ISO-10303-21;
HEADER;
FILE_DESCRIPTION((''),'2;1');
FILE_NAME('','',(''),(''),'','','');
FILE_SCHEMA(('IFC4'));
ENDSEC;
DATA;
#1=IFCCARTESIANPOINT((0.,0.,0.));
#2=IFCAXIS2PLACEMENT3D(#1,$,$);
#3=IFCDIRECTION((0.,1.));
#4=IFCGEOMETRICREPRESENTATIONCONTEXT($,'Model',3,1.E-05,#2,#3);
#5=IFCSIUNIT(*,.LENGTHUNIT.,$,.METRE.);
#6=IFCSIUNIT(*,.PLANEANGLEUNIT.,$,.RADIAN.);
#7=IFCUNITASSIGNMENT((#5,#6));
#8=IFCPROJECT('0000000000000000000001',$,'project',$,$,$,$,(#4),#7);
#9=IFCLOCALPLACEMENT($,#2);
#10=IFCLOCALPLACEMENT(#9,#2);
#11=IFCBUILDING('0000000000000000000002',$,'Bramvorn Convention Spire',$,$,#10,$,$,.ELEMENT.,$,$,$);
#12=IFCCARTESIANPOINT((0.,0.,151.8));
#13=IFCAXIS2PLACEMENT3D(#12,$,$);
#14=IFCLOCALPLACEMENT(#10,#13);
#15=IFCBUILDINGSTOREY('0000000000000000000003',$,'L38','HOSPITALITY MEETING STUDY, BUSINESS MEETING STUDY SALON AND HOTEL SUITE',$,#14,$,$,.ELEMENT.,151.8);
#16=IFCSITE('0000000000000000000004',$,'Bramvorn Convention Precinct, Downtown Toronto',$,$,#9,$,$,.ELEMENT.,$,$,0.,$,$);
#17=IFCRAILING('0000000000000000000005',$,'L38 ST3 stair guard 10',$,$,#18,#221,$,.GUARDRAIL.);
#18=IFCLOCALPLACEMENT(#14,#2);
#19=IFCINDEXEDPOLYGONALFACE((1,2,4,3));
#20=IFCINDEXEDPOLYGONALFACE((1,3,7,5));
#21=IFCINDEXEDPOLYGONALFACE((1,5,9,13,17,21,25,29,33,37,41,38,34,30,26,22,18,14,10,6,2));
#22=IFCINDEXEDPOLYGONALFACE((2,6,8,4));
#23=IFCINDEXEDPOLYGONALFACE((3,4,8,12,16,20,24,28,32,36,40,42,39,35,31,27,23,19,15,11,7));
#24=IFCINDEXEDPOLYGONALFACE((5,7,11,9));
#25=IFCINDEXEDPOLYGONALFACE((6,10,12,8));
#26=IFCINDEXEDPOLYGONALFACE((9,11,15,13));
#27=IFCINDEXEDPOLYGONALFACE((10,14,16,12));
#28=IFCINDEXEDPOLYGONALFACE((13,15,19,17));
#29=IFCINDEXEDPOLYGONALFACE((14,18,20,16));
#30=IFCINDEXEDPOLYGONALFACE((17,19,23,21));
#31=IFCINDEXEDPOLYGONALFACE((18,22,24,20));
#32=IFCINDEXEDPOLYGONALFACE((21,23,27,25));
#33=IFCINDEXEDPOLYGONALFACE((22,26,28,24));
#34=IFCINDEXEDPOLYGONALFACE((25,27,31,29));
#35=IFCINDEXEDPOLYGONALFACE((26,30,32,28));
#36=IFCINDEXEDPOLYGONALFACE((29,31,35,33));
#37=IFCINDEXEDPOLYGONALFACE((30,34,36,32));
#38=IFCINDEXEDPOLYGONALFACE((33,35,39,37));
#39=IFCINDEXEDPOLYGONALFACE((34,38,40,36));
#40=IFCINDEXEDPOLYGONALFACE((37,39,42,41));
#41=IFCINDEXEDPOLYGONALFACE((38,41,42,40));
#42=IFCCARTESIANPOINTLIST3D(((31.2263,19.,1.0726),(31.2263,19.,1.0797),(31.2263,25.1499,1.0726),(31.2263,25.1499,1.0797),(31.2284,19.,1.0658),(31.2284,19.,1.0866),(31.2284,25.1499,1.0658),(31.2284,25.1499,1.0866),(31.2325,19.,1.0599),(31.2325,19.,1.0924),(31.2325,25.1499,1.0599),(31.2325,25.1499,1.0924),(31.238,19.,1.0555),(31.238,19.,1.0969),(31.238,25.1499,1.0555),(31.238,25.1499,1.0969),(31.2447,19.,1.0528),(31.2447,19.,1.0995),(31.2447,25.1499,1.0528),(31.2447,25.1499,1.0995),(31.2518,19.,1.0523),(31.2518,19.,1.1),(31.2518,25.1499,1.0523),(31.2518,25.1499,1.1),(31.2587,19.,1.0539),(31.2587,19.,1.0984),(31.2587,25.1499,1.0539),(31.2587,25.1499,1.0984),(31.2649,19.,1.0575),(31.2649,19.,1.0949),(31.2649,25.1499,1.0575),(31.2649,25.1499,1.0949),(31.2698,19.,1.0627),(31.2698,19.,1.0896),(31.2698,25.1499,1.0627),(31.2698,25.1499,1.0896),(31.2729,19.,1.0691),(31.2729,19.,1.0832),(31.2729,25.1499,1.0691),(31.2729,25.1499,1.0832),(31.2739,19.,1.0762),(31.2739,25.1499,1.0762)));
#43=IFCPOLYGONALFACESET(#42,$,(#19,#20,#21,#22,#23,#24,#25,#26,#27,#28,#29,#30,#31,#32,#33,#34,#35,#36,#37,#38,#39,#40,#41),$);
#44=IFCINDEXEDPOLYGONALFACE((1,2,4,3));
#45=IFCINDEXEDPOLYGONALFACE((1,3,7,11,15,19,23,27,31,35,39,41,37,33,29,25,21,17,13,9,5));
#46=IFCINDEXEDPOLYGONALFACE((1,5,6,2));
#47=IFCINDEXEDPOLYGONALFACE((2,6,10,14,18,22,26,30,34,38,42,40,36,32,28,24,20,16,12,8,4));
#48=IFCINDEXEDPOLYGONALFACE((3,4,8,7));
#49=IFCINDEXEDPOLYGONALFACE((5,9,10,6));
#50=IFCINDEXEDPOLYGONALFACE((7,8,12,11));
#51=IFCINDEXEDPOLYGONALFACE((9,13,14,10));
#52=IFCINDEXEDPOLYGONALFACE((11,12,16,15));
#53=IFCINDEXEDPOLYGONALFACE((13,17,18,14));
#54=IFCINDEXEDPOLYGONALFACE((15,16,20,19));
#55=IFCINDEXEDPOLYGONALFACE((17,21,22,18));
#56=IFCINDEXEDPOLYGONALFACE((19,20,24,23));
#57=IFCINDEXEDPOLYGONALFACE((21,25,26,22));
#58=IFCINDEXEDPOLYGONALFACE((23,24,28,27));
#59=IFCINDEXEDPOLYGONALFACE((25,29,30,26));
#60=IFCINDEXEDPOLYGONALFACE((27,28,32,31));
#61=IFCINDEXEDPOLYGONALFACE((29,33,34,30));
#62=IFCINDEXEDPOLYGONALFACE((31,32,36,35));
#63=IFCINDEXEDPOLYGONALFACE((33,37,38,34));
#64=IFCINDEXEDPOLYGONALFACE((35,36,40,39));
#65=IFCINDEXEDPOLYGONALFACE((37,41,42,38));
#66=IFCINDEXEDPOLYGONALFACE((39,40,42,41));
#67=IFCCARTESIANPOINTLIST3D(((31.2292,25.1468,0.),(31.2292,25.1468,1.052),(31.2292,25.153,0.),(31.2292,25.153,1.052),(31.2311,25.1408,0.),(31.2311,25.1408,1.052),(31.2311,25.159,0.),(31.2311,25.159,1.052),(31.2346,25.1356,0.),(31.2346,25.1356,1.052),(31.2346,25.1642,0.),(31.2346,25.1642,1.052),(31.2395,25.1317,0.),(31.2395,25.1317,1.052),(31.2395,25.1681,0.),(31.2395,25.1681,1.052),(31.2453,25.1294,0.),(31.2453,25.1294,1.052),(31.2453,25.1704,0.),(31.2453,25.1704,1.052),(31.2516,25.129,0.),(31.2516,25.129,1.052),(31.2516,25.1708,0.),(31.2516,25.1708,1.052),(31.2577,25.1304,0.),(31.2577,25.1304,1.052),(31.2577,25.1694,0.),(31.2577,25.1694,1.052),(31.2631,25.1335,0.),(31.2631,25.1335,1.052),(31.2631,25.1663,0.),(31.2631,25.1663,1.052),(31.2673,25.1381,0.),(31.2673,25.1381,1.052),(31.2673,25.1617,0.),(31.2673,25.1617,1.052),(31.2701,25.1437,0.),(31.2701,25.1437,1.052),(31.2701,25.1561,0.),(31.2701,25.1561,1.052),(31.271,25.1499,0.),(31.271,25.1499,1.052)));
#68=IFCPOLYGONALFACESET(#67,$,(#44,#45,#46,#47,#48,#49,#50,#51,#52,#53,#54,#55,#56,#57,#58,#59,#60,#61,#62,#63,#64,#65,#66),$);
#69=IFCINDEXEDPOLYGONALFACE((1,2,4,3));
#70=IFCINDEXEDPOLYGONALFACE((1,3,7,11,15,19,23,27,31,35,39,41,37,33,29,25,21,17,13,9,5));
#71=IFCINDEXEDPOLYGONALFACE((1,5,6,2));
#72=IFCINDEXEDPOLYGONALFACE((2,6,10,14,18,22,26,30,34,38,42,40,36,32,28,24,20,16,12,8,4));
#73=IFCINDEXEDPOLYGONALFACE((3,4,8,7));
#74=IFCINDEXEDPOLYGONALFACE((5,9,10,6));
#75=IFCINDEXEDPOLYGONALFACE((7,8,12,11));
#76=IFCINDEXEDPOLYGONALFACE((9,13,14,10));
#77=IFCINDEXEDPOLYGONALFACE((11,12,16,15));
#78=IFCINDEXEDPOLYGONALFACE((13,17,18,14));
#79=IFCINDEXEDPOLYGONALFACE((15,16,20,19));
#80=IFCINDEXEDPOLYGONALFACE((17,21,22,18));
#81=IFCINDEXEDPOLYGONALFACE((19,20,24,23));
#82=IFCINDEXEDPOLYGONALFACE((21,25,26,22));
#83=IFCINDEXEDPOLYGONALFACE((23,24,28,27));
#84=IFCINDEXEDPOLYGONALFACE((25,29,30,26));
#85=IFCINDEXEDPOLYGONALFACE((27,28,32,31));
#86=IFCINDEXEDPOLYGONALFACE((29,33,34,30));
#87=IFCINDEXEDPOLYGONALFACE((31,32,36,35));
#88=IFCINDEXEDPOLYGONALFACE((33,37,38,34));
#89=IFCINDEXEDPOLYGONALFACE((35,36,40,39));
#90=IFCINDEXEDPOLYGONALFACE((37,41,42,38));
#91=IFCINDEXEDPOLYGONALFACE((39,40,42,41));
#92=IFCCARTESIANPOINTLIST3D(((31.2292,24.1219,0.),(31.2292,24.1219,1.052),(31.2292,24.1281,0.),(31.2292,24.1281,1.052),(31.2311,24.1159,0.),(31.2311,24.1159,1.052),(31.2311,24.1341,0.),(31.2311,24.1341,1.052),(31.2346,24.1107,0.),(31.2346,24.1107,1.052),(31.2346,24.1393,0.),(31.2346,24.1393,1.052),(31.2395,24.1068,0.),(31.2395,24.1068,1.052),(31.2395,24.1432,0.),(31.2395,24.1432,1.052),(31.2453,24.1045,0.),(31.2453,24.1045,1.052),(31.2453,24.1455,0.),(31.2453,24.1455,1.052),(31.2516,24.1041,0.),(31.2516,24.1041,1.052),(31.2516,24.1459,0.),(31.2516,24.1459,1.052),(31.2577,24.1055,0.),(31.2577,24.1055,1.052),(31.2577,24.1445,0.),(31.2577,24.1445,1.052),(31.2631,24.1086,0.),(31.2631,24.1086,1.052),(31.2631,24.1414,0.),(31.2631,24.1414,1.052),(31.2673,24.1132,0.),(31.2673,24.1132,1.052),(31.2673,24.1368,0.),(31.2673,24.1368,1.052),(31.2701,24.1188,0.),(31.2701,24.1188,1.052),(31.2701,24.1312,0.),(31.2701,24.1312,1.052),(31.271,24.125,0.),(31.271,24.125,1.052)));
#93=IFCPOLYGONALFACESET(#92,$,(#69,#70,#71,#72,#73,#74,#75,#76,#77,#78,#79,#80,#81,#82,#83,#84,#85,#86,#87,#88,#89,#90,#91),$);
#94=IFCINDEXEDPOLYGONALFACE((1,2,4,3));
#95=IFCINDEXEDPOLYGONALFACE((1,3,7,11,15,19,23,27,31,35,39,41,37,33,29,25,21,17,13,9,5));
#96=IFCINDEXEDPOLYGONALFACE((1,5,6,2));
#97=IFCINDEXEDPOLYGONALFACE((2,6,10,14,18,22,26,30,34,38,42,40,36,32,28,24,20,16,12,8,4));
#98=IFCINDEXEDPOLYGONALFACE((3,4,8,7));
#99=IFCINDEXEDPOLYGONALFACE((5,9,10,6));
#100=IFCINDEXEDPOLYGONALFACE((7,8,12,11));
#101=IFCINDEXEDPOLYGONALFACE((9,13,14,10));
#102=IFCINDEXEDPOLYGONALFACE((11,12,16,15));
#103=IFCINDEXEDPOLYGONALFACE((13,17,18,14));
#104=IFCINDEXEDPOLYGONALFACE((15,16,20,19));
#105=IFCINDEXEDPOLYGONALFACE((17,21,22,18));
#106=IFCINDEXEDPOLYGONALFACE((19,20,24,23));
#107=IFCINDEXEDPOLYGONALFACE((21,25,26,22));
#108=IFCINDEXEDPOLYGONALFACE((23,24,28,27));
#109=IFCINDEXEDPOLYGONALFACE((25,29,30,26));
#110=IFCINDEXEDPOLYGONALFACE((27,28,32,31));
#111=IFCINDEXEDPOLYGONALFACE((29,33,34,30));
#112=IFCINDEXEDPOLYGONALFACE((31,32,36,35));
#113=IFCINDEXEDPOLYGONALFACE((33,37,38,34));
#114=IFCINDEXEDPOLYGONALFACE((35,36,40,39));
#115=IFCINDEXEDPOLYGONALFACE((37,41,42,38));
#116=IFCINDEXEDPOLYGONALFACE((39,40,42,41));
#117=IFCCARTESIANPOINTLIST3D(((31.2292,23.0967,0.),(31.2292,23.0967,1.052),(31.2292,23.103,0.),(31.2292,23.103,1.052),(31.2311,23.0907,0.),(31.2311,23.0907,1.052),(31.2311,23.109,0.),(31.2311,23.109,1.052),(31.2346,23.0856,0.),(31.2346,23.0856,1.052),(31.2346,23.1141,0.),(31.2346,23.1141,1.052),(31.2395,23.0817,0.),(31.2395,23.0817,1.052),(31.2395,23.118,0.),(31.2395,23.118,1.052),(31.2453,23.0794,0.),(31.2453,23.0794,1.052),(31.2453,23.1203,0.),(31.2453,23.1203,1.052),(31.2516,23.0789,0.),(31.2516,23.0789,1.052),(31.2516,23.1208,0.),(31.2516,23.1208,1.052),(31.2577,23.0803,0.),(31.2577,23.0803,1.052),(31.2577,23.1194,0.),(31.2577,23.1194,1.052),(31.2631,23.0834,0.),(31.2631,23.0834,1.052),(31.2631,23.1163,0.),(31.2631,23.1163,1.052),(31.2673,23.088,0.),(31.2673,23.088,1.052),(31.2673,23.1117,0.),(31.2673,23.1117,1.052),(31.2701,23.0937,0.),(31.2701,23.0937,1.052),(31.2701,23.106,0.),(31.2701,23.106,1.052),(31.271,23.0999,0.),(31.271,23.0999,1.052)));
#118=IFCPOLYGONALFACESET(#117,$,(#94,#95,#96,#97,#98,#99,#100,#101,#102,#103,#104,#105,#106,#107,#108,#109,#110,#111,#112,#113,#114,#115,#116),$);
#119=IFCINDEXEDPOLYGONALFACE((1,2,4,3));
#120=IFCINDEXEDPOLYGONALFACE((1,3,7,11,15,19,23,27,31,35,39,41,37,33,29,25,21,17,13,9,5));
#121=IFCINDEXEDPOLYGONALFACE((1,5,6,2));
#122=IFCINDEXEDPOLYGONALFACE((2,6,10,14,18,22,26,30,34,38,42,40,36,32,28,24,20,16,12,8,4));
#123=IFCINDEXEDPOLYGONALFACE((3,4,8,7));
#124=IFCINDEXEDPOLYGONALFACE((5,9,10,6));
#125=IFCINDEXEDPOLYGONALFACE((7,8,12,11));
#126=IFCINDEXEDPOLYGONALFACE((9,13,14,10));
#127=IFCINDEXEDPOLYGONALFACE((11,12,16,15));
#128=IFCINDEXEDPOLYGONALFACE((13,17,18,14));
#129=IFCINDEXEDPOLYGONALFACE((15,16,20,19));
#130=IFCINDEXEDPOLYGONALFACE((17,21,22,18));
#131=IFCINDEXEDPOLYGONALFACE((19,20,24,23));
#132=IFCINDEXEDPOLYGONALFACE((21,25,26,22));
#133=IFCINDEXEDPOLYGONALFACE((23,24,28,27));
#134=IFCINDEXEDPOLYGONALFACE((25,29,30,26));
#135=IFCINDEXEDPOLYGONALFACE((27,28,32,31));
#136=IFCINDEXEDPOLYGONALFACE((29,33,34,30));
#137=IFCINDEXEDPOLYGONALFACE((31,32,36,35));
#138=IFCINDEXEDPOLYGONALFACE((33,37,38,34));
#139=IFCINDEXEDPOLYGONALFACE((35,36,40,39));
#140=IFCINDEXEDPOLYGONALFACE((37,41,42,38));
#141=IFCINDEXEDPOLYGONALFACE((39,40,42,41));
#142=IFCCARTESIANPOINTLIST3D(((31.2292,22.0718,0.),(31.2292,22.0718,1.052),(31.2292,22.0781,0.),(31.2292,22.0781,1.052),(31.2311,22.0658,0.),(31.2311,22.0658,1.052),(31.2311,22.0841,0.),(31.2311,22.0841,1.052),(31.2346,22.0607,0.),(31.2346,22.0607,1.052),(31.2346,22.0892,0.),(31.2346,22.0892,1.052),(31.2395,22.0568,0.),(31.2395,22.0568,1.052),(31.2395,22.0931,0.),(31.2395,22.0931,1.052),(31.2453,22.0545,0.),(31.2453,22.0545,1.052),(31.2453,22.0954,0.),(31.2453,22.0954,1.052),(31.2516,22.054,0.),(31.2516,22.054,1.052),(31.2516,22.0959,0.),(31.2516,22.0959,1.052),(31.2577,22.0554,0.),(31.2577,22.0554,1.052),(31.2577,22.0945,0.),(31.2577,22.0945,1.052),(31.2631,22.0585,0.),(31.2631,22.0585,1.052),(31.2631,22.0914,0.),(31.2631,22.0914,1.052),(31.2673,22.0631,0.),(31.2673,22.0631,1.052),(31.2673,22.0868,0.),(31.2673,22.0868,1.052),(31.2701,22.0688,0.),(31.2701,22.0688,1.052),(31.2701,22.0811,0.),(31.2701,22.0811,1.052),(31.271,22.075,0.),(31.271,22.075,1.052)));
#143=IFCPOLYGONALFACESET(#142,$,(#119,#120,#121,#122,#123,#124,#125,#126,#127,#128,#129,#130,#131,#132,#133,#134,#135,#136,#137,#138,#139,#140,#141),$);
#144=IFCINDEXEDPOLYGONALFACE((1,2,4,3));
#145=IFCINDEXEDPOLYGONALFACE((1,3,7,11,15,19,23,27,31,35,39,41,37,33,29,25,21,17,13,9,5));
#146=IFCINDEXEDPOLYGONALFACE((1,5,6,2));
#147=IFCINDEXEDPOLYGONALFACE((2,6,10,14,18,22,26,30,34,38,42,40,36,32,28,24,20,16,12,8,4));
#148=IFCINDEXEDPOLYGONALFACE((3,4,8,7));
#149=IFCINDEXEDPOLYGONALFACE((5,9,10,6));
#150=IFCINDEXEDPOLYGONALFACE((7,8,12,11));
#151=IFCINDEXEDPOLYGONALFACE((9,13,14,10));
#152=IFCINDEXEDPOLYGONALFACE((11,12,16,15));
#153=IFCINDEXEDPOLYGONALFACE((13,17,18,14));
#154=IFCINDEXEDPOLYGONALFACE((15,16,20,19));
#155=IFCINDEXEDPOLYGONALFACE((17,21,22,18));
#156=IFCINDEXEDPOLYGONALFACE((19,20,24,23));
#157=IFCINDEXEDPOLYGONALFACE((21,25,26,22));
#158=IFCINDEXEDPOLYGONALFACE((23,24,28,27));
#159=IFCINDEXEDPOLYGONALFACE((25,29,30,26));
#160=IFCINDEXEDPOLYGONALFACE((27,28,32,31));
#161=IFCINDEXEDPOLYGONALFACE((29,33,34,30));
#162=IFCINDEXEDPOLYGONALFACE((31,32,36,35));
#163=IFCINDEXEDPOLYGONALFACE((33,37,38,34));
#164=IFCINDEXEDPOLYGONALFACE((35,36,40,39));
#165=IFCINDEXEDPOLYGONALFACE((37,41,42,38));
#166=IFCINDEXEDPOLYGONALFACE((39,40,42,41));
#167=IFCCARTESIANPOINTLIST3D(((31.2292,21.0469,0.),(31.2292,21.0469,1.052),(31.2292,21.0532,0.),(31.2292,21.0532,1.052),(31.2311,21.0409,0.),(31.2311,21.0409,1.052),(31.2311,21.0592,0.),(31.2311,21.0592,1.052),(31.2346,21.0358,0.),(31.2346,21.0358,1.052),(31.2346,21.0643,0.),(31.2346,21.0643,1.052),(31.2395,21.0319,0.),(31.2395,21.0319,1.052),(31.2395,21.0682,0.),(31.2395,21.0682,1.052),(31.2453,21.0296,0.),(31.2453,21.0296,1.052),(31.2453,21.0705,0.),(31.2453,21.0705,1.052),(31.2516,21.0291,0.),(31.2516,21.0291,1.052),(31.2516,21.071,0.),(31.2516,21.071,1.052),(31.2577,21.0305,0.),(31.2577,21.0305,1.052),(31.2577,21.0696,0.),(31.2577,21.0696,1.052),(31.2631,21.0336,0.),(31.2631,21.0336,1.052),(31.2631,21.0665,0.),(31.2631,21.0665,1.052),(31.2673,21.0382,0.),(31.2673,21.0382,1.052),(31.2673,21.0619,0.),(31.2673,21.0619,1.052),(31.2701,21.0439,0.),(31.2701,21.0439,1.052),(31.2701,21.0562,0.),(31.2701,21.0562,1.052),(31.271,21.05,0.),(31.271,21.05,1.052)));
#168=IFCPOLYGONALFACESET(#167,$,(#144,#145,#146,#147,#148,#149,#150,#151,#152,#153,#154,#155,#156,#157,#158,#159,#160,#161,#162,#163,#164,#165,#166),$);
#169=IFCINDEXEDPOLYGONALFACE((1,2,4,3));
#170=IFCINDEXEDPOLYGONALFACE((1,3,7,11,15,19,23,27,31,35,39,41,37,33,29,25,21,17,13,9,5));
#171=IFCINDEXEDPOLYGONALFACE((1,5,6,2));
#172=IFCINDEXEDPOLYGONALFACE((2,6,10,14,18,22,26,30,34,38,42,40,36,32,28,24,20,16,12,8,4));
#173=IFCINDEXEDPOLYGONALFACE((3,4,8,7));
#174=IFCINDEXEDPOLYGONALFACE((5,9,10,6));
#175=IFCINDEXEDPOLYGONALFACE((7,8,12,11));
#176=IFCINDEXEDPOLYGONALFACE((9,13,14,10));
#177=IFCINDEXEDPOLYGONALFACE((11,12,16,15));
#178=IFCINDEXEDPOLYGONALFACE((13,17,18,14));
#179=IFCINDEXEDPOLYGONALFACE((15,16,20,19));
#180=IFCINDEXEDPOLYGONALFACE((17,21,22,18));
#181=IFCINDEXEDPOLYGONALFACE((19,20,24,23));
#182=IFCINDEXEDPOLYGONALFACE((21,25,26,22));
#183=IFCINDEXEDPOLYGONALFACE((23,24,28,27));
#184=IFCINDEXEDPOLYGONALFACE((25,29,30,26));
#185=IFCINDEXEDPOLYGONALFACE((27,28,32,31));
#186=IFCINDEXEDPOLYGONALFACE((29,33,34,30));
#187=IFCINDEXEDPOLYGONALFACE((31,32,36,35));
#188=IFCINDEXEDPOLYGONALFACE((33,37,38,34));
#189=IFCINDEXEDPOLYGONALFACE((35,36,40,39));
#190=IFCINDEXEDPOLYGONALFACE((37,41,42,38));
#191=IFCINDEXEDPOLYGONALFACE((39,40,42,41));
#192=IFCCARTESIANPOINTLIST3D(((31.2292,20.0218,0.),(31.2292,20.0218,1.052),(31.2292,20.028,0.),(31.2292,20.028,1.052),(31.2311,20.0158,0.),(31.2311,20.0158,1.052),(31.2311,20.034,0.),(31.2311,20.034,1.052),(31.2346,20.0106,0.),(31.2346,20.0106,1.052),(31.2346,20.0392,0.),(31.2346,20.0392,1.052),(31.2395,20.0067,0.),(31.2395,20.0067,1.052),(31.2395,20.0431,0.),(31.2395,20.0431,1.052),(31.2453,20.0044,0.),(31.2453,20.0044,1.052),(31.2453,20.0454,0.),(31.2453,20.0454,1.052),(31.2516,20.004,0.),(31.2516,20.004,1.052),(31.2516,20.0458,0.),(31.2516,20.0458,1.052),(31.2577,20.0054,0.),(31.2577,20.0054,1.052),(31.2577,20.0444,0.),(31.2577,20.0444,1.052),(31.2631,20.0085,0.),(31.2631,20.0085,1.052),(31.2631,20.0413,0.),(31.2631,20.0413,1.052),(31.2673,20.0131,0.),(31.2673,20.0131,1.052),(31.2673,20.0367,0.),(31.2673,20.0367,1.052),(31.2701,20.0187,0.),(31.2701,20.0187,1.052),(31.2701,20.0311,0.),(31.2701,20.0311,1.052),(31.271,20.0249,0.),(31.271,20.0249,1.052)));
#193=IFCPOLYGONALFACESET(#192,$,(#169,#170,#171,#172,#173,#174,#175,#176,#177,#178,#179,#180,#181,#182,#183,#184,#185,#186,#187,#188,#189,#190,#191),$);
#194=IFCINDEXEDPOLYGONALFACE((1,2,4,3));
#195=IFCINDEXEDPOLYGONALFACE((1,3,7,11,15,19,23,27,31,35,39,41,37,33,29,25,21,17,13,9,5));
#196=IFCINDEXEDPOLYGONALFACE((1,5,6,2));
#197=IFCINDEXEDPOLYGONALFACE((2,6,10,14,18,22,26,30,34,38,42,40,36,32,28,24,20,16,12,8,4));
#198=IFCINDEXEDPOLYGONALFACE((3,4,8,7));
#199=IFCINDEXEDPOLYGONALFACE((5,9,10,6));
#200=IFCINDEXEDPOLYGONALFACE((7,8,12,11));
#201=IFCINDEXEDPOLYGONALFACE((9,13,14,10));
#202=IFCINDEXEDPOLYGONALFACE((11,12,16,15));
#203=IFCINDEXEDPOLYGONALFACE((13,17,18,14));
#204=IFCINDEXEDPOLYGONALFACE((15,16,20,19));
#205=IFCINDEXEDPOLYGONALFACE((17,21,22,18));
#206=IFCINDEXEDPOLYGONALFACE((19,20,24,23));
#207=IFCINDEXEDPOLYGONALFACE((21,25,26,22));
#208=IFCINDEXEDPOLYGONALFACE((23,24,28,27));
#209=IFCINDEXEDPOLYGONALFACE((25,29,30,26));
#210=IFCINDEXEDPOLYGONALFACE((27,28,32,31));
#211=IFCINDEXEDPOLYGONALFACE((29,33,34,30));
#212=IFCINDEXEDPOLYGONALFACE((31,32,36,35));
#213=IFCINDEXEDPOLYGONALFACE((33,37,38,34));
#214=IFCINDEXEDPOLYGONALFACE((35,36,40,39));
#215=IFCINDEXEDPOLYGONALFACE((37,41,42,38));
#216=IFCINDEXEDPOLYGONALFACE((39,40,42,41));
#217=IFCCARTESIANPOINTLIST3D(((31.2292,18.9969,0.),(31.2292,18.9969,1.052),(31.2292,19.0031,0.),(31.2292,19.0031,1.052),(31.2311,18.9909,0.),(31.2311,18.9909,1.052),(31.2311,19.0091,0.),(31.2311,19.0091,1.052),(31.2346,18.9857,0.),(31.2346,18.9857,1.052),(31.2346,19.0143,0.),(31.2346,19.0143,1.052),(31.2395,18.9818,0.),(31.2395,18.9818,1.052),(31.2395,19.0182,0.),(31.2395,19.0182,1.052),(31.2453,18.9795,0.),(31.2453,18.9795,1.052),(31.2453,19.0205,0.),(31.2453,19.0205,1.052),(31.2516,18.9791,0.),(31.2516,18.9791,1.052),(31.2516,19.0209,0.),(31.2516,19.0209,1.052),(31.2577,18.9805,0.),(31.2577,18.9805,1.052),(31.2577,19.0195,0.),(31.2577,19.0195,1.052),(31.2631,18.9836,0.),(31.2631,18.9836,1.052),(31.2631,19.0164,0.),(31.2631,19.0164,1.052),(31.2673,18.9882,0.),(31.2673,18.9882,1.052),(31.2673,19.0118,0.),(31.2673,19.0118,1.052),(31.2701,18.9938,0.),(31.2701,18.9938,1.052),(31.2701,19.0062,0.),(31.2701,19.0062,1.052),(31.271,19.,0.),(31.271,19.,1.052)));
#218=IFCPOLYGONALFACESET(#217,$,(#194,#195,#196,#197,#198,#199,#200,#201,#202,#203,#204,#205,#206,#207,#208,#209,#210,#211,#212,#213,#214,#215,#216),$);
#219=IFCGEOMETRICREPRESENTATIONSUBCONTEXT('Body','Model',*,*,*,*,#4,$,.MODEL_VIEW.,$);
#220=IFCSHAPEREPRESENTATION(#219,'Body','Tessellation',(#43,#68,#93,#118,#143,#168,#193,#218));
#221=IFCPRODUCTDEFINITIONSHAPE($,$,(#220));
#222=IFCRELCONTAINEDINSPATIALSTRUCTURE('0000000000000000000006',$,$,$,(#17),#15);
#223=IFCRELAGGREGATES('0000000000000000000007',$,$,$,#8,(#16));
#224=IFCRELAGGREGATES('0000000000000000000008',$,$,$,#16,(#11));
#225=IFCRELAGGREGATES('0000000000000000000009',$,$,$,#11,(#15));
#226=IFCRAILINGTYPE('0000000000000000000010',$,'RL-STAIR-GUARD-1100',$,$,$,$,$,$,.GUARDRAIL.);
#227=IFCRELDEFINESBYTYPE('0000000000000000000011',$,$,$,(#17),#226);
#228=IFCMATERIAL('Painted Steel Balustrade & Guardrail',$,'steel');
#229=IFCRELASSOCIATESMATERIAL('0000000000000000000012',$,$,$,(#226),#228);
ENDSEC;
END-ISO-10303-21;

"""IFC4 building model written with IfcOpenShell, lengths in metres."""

from ifc_helpers import new_model, si_unit, direction, frame, origin, origin_2d, place, context, subcontext, project, spatial, circle, extrude, material, type_object, element, save


model = new_model("IFC4")

# Units and contexts
model_context = context("Model", 3, precision=1e-05, world=origin(), true_north=direction((0.0, 1.0)))
body_context = subcontext(model_context, "Body", "Model", "MODEL_VIEW")
ifc_project = project(units=[si_unit("LENGTHUNIT", "METRE"), si_unit("PLANEANGLEUNIT", "RADIAN")], contexts=[model_context])

# Site, building, storey
site_placement = place(None, origin())
site = spatial("IfcSite", under=ifc_project, at=site_placement, Name="Bramvorn Convention Precinct, Downtown Toronto", CompositionType="ELEMENT", RefElevation=0.0)
building_placement = place(site_placement, origin())
building = spatial("IfcBuilding", under=site, at=building_placement, Name="Bramvorn Convention Spire", CompositionType="ELEMENT")
storey_placement = place(building_placement, frame((0.0, 0.0, 151.8)))
storey = spatial("IfcBuildingStorey", under=building, at=storey_placement, Name="L38", Description="HOSPITALITY MEETING STUDY, BUSINESS MEETING STUDY SALON AND HOTEL SUITE", CompositionType="ELEMENT", Elevation=151.8)

# Railing
ifc_material_1 = material(Name="Painted Steel Balustrade & Guardrail", Category="steel")
railing_type_1 = type_object("IfcRailingType", Name="RL-STAIR-GUARD-1100", PredefinedType="GUARDRAIL", material=ifc_material_1)
railing_1_placement = place(storey_placement, frame((31.25, 25.1499, 0.0)))
element("IfcRailing", 1, at=railing_1_placement, inside=storey, type_object=railing_type_1, Name="L38 ST3 stair guard 10", PredefinedType="GUARDRAIL", context=body_context, shape_type="SweptSolid", body=[
    extrude(circle(Radius=0.0239, at=origin_2d()), frame((0.0, 0.0, 1.0762), z_axis=(0.0, -1.0, 0.0), x_axis=(1.0, 0.0, 0.0)), (0.0, 0.0, 1.0), 6.1499),
    extrude(circle(Radius=0.021, at=origin_2d()), origin(), (0.0, 0.0, 1.0), 1.052),
    extrude(circle(Radius=0.021, at=origin_2d()), frame((0.0, -1.0249, 0.0)), (0.0, 0.0, 1.0), 1.052),
    extrude(circle(Radius=0.021, at=origin_2d()), frame((0.0, -2.05, 0.0)), (0.0, 0.0, 1.0), 1.052),
    extrude(circle(Radius=0.021, at=origin_2d()), frame((0.0, -3.075, 0.0)), (0.0, 0.0, 1.0), 1.052),
    extrude(circle(Radius=0.021, at=origin_2d()), frame((0.0, -4.0999, 0.0)), (0.0, 0.0, 1.0), 1.052),
    extrude(circle(Radius=0.021, at=origin_2d()), frame((0.0, -5.125, 0.0)), (0.0, 0.0, 1.0), 1.052),
    extrude(circle(Radius=0.021, at=origin_2d()), frame((0.0, -6.1499, 0.0)), (0.0, 0.0, 1.0), 1.052),
])

save(model, "model.ifc")
